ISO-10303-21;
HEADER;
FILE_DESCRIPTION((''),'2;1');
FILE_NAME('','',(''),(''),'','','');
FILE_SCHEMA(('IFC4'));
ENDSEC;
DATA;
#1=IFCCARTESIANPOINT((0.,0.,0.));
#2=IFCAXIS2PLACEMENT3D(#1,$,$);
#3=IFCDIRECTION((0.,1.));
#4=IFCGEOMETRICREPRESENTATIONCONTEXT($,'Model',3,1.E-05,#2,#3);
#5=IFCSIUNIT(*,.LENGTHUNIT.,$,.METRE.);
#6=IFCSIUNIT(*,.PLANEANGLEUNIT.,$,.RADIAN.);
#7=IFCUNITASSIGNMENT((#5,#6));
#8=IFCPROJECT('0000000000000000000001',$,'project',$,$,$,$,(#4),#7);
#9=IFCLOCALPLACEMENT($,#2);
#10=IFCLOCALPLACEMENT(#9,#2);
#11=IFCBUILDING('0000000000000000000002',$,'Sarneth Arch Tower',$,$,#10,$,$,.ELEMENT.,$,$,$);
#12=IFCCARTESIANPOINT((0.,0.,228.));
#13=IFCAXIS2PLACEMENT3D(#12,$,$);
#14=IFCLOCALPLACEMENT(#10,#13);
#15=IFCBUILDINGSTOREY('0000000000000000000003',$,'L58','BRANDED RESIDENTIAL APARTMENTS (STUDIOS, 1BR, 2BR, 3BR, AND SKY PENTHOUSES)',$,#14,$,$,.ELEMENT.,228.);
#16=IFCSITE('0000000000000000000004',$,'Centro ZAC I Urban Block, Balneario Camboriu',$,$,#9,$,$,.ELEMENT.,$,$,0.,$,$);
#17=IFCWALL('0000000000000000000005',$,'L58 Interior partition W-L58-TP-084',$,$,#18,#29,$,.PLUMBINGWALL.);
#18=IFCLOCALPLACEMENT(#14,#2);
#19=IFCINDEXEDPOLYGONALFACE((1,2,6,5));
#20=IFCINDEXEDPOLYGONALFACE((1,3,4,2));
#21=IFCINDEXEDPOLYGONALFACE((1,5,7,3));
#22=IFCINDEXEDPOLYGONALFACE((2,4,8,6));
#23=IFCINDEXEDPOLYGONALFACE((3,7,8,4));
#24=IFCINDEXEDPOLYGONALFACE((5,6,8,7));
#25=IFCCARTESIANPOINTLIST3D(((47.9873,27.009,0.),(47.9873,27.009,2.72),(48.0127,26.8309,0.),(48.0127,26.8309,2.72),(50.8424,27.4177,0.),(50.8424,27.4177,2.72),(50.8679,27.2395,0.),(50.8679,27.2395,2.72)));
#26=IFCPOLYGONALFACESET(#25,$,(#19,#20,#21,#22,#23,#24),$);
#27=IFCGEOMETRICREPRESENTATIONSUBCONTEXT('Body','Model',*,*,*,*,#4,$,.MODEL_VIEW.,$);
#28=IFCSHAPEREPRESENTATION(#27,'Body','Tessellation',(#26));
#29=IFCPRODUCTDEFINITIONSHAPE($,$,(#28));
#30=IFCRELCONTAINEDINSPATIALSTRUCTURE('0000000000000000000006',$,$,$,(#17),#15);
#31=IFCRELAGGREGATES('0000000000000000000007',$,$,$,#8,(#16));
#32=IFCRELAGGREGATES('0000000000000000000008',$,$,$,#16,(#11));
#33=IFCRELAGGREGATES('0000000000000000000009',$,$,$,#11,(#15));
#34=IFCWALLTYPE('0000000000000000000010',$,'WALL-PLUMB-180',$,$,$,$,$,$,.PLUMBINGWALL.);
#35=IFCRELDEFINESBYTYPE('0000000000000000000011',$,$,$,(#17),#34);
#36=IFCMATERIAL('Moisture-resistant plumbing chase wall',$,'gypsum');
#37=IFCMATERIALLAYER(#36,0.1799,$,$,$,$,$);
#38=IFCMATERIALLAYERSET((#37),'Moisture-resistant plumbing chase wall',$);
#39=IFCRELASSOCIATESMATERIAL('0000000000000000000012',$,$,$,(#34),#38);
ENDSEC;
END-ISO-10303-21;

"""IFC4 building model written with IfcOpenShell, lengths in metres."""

from ifc_helpers import new_model, si_unit, direction, frame, frame_2d, origin, place, context, subcontext, project, spatial, rectangle, extrude, material, layer, layer_set, type_object, element, save


model = new_model("IFC4")

# Units and contexts
model_context = context("Model", 3, precision=1e-05, world=origin(), true_north=direction((0.0, 1.0)))
body_context = subcontext(model_context, "Body", "Model", "MODEL_VIEW")
ifc_project = project(units=[si_unit("LENGTHUNIT", "METRE"), si_unit("PLANEANGLEUNIT", "RADIAN")], contexts=[model_context])

# Site, building, storey
site_placement = place(None, origin())
site = spatial("IfcSite", under=ifc_project, at=site_placement, Name="Centro ZAC I Urban Block, Balneario Camboriu", CompositionType="ELEMENT", RefElevation=0.0)
building_placement = place(site_placement, origin())
building = spatial("IfcBuilding", under=site, at=building_placement, Name="Sarneth Arch Tower", CompositionType="ELEMENT")
storey_placement = place(building_placement, frame((0.0, 0.0, 228.0)))
storey = spatial("IfcBuildingStorey", under=building, at=storey_placement, Name="L58", Description="BRANDED RESIDENTIAL APARTMENTS (STUDIOS, 1BR, 2BR, 3BR, AND SKY PENTHOUSES)", CompositionType="ELEMENT", Elevation=228.0)

# Wall
ifc_material_1 = material(Name="Moisture-resistant plumbing chase wall", Category="gypsum")
ifc_layer_1 = layer(ifc_material_1, 0.1799)
ifc_layer_set_1 = layer_set([ifc_layer_1], Name="Moisture-resistant plumbing chase wall")
wall_type_1 = type_object("IfcWallType", Name="WALL-PLUMB-180", PredefinedType="PLUMBINGWALL", material=ifc_layer_set_1)
wall_1_placement = place(storey_placement, frame((48.0, 26.9199, 0.0), z_axis=(0.0, 0.0, 1.0), x_axis=(0.989911, 0.141694, 0.0)))
element("IfcWall", 1, at=wall_1_placement, inside=storey, type_object=wall_type_1, Name="L58 Interior partition W-L58-TP-084", PredefinedType="PLUMBINGWALL", context=body_context, shape_type="SweptSolid", body=[
    extrude(rectangle(XDim=2.8843, YDim=0.1799, at=frame_2d((1.4421, 0.0))), origin(), (0.0, 0.0, 1.0), 2.72),
])

save(model, "model.ifc")
